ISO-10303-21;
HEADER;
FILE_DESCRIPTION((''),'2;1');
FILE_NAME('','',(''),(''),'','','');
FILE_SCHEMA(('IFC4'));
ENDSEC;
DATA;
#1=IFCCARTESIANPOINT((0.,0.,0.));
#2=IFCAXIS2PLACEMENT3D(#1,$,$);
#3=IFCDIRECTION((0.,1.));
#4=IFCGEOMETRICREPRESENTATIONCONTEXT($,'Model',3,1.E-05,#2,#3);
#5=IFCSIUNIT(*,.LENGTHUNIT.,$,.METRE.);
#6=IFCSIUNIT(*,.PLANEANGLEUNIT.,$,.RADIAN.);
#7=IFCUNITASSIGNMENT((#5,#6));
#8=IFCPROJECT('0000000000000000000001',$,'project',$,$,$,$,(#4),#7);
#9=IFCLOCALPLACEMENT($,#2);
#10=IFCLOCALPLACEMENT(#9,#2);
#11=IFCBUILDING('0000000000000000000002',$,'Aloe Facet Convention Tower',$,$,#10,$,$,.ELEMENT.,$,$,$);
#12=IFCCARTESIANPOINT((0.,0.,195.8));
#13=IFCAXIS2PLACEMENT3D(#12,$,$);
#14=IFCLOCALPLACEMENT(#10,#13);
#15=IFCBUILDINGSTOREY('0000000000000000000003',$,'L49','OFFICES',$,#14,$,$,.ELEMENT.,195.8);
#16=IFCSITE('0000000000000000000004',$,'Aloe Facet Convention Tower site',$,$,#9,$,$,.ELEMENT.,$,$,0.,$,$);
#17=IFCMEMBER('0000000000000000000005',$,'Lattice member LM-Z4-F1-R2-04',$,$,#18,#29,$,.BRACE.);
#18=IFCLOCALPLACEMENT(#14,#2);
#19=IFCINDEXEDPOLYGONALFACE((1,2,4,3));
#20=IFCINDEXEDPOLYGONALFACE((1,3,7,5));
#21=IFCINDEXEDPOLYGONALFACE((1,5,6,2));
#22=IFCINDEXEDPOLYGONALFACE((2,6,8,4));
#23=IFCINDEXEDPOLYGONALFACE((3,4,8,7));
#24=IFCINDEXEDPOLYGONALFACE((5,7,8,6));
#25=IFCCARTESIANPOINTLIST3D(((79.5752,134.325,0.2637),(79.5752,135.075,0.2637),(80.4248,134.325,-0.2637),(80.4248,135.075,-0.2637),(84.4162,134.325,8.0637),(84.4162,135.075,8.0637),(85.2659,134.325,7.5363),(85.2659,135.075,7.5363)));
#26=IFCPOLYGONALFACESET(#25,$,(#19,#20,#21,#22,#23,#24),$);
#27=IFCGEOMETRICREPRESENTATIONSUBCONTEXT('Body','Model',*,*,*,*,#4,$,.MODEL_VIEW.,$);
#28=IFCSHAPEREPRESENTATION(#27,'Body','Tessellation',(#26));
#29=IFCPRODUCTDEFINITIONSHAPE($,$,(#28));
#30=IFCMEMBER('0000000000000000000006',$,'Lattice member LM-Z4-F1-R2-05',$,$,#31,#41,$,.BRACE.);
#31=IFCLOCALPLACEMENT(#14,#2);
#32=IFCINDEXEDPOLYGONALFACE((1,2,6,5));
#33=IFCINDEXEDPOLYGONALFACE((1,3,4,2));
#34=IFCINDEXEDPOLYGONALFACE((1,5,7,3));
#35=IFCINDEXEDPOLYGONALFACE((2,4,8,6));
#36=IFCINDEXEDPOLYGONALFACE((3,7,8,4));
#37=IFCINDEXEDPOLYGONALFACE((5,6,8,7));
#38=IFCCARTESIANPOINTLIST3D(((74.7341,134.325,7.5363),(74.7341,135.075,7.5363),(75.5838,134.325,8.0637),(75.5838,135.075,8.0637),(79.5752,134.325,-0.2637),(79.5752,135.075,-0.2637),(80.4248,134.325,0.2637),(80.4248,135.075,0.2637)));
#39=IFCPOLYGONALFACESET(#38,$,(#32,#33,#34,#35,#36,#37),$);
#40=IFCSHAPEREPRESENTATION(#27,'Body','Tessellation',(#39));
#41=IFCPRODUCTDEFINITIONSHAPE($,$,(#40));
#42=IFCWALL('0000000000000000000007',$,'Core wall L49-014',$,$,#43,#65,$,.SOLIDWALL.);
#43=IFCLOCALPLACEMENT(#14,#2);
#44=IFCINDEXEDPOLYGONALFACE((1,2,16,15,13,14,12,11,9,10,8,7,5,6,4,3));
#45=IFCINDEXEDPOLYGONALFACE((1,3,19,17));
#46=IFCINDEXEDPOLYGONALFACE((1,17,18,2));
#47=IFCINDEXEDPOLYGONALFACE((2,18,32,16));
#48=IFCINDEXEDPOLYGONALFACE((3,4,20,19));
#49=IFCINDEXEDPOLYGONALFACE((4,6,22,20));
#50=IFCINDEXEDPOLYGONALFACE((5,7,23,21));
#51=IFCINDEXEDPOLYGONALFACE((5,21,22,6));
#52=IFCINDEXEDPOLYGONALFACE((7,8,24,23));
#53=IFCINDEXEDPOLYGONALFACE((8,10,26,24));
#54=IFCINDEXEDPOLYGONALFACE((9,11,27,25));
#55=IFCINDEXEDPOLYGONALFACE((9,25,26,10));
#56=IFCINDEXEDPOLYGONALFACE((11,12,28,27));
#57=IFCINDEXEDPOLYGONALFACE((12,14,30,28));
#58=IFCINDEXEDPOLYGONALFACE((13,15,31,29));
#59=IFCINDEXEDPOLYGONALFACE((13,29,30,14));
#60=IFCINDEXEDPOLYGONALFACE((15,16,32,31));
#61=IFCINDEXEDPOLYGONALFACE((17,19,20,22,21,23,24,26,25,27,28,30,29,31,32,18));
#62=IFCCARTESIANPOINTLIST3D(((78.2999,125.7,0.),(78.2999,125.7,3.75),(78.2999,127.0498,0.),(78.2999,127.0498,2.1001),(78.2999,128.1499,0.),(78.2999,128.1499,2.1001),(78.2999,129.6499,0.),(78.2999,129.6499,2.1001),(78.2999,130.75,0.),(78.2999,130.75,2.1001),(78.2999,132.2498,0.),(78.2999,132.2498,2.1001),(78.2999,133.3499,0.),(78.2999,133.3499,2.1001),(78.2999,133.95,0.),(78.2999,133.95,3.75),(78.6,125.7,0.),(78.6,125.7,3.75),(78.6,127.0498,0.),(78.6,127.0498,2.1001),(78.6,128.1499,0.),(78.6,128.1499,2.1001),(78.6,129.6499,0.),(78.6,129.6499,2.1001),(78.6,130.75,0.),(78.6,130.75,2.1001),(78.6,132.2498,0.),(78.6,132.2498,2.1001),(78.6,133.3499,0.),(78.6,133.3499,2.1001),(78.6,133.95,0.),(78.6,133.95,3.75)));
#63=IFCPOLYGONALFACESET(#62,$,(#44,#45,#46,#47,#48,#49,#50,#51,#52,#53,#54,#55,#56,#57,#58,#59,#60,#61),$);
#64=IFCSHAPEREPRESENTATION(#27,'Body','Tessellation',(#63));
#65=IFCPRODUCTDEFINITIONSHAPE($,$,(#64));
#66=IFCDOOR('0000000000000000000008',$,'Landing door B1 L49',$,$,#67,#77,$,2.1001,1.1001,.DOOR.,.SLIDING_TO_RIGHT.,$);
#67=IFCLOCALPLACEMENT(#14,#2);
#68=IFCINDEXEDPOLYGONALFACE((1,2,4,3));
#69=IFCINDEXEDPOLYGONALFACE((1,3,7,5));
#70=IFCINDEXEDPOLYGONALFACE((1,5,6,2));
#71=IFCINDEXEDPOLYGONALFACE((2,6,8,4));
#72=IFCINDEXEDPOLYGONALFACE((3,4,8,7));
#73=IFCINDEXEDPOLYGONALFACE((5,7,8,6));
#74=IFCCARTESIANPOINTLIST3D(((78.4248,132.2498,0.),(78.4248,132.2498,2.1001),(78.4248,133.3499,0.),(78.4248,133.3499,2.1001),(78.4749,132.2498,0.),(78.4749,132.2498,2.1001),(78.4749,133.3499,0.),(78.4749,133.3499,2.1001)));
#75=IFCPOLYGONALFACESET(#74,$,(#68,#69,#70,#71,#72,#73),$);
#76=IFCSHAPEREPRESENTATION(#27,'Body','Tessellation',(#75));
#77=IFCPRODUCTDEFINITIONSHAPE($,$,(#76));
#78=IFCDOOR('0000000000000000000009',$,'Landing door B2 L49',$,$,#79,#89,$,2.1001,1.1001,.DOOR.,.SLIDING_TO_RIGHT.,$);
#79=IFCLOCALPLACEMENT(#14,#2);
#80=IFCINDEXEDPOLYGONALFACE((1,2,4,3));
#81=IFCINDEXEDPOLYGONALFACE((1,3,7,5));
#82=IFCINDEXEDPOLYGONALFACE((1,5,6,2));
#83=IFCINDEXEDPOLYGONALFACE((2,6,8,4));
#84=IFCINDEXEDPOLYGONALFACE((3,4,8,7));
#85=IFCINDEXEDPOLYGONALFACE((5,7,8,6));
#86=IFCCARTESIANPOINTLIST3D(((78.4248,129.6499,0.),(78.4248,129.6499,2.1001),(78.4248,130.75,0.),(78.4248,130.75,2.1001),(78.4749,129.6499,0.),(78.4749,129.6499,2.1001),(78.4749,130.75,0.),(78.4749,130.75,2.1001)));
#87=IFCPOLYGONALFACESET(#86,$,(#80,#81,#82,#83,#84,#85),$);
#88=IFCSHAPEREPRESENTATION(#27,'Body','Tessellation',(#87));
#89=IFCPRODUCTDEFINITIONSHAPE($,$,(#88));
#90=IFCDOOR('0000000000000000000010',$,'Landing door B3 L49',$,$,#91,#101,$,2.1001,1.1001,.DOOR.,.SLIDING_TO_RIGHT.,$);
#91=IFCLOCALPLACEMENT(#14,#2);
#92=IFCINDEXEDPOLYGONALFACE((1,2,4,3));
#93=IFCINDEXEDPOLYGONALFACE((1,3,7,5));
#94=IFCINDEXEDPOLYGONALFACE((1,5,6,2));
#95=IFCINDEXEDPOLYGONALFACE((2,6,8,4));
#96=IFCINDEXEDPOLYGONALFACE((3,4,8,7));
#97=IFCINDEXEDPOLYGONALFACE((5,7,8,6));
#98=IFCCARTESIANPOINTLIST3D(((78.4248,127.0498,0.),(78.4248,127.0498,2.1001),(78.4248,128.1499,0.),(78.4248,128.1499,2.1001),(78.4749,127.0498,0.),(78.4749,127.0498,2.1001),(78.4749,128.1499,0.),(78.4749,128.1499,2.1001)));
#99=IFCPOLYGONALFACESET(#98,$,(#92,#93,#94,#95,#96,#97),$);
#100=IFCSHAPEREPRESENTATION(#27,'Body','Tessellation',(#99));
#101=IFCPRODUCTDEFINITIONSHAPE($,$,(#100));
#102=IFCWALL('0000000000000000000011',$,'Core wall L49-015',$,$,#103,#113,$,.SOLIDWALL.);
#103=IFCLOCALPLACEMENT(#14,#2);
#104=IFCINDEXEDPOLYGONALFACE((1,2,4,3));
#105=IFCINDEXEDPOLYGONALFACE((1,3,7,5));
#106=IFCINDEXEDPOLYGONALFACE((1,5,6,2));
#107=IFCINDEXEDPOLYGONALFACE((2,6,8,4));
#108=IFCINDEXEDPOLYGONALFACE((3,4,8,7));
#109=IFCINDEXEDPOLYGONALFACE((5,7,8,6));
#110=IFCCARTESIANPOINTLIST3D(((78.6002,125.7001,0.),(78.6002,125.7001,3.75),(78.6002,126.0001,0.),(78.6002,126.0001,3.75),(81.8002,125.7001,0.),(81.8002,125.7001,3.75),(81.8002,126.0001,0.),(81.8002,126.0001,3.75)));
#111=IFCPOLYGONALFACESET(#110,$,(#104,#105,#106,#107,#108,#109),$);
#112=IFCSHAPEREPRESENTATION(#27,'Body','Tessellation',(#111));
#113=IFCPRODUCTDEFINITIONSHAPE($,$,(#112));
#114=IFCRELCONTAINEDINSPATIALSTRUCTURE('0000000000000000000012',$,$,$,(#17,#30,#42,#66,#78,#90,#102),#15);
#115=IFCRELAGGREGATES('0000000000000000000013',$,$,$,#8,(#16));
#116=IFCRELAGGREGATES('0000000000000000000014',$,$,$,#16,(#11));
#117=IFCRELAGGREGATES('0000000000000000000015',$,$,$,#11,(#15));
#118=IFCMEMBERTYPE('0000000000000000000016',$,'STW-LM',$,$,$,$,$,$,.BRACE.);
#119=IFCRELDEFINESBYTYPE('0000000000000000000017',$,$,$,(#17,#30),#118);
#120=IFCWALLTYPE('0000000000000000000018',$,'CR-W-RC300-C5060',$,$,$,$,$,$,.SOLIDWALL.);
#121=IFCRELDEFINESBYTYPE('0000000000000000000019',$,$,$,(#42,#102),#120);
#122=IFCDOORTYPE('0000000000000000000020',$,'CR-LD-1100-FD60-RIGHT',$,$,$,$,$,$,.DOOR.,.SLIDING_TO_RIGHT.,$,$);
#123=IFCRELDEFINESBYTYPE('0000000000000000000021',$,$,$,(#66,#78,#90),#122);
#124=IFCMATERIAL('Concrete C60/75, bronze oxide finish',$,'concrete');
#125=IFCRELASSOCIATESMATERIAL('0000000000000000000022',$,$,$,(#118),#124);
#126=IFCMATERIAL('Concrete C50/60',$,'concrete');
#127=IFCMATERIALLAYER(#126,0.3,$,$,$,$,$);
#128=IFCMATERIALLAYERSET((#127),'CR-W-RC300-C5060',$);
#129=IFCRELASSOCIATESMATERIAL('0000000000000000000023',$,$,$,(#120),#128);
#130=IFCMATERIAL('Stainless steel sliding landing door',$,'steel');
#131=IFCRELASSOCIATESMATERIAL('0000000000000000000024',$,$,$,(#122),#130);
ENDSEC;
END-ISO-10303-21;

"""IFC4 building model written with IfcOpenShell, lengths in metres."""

from ifc_helpers import new_model, si_unit, direction, frame, frame_2d, origin, origin_2d, place, context, subcontext, project, spatial, rectangle, extrude, material, layer, layer_set, material_profile, profile_set, type_object, element, fill, save


model = new_model("IFC4")

# Units and contexts
model_context = context("Model", 3, precision=1e-05, world=origin(), true_north=direction((0.0, 1.0)))
body_context = subcontext(model_context, "Body", "Model", "MODEL_VIEW")
ifc_project = project(units=[si_unit("LENGTHUNIT", "METRE"), si_unit("PLANEANGLEUNIT", "RADIAN")], contexts=[model_context])

# Site, building, storey
site_placement = place(None, origin())
site = spatial("IfcSite", under=ifc_project, at=site_placement, Name="Aloe Facet Convention Tower site", CompositionType="ELEMENT", RefElevation=0.0)
building_placement = place(site_placement, origin())
building = spatial("IfcBuilding", under=site, at=building_placement, Name="Aloe Facet Convention Tower", CompositionType="ELEMENT")
storey_placement = place(building_placement, frame((0.0, 0.0, 195.8)))
storey = spatial("IfcBuildingStorey", under=building, at=storey_placement, Name="L49", Description="OFFICES", CompositionType="ELEMENT", Elevation=195.8)

# Members
ifc_material_1 = material(Name="Concrete C60/75, bronze oxide finish", Category="concrete")
ifc_material_profile = material_profile(ifc_material_1, rectangle(XDim=0.75, YDim=1.0, at=origin_2d()), Name="STW-LM")
ifc_profile_set = profile_set([ifc_material_profile], Name="Concrete C60/75, bronze oxide finish")
member_type = type_object("IfcMemberType", Name="STW-LM", PredefinedType="BRACE", material=ifc_profile_set)
for number, where, z_axis, x_axis, name in (
    (1, (80.0, 134.7, 0.0), (0.527336, 0.0, 0.849657), (0.0, 1.0, 0.0), "Lattice member LM-Z4-F1-R2-04"),
    (2, (80.0, 134.7, 0.0), (-0.527336, 0.0, 0.849657), (0.0, -1.0, 0.0), "Lattice member LM-Z4-F1-R2-05"),
):
    element("IfcMember", number, at=place(storey_placement, frame(where, z_axis=z_axis, x_axis=x_axis)), inside=storey, type_object=member_type, Name=name, PredefinedType="BRACE", context=body_context, shape_type="SweptSolid", body=[
        extrude(rectangle(XDim=0.75, YDim=1.0, at=origin_2d()), origin(), (0.0, 0.0, 1.0), 9.1802),
    ])

# Wall, openings, doors
ifc_material_2 = material(Name="Concrete C50/60", Category="concrete")
ifc_layer = layer(ifc_material_2, 0.3)
ifc_layer_set = layer_set([ifc_layer], Name="CR-W-RC300-C5060")
wall_type = type_object("IfcWallType", Name="CR-W-RC300-C5060", PredefinedType="SOLIDWALL", material=ifc_layer_set)
wall_1_placement = place(storey_placement, frame((78.45, 133.95, 0.0), z_axis=(0.0, 0.0, 1.0), x_axis=(0.0, -1.0, 0.0)))
wall_1 = element("IfcWall", 3, at=wall_1_placement, inside=storey, type_object=wall_type, Name="Core wall L49-014", PredefinedType="SOLIDWALL", context=body_context, shape_type="SweptSolid", body=[
    extrude(rectangle(XDim=8.25, YDim=0.3, at=frame_2d((4.125, 0.0))), origin(), (0.0, 0.0, 1.0), 3.75),
])
opening_1_placement = place(wall_1_placement, frame((0.6001, 0.0, 0.0)))
opening_1 = element("IfcOpeningElement", 4, at=opening_1_placement, cuts=wall_1, PredefinedType="OPENING", context=body_context, shape_type="SweptSolid", body=[
    extrude(rectangle(XDim=1.1001, YDim=2.1001, at=frame_2d((0.55, 1.05))), frame((0.0, 0.1602, 0.0), z_axis=(0.0, -1.0, 0.0), x_axis=(1.0, 0.0, 0.0)), (0.0, 0.0, 1.0), 0.3201),
])
opening_2_placement = place(wall_1_placement, frame((3.2, 0.0, 0.0)))
opening_2 = element("IfcOpeningElement", 5, at=opening_2_placement, cuts=wall_1, PredefinedType="OPENING", context=body_context, shape_type="SweptSolid", body=[
    extrude(rectangle(XDim=1.1001, YDim=2.1001, at=frame_2d((0.55, 1.05))), frame((0.0, 0.1602, 0.0), z_axis=(0.0, -1.0, 0.0), x_axis=(1.0, 0.0, 0.0)), (0.0, 0.0, 1.0), 0.3201),
])
opening_3_placement = place(wall_1_placement, frame((5.8, 0.0, 0.0)))
opening_3 = element("IfcOpeningElement", 6, at=opening_3_placement, cuts=wall_1, PredefinedType="OPENING", context=body_context, shape_type="SweptSolid", body=[
    extrude(rectangle(XDim=1.1001, YDim=2.1001, at=frame_2d((0.55, 1.05))), frame((0.0, 0.1602, 0.0), z_axis=(0.0, -1.0, 0.0), x_axis=(1.0, 0.0, 0.0)), (0.0, 0.0, 1.0), 0.3201),
])
ifc_material_3 = material(Name="Stainless steel sliding landing door", Category="steel")
door_type_1 = type_object("IfcDoorType", Name="CR-LD-1100-FD60-RIGHT", OperationType="SLIDING_TO_RIGHT", PredefinedType="DOOR", material=ifc_material_3)
door_1_placement = place(opening_1_placement, origin())
door_1 = element("IfcDoor", 7, at=door_1_placement, inside=storey, type_object=door_type_1, Name="Landing door B1 L49", OperationType="SLIDING_TO_RIGHT", OverallHeight=2.1001, OverallWidth=1.1001, PredefinedType="DOOR", context=body_context, shape_type="SweptSolid", body=[
    extrude(rectangle(XDim=1.1001, YDim=2.1001, at=frame_2d((0.55, 1.05))), frame((0.0, 0.0249, 0.0), z_axis=(0.0, -1.0, 0.0), x_axis=(1.0, 0.0, 0.0)), (0.0, 0.0, 1.0), 0.05),
])
fill(opening_1, door_1)
door_2_placement = place(opening_2_placement, origin())
door_2 = element("IfcDoor", 8, at=door_2_placement, inside=storey, type_object=door_type_1, Name="Landing door B2 L49", OperationType="SLIDING_TO_RIGHT", OverallHeight=2.1001, OverallWidth=1.1001, PredefinedType="DOOR", context=body_context, shape_type="SweptSolid", body=[
    extrude(rectangle(XDim=1.1001, YDim=2.1001, at=frame_2d((0.55, 1.05))), frame((0.0, 0.0249, 0.0), z_axis=(0.0, -1.0, 0.0), x_axis=(1.0, 0.0, 0.0)), (0.0, 0.0, 1.0), 0.05),
])
fill(opening_2, door_2)
door_3_placement = place(opening_3_placement, origin())
door_3 = element("IfcDoor", 9, at=door_3_placement, inside=storey, type_object=door_type_1, Name="Landing door B3 L49", OperationType="SLIDING_TO_RIGHT", OverallHeight=2.1001, OverallWidth=1.1001, PredefinedType="DOOR", context=body_context, shape_type="SweptSolid", body=[
    extrude(rectangle(XDim=1.1001, YDim=2.1001, at=frame_2d((0.55, 1.05))), frame((0.0, 0.0249, 0.0), z_axis=(0.0, -1.0, 0.0), x_axis=(1.0, 0.0, 0.0)), (0.0, 0.0, 1.0), 0.05),
])
fill(opening_3, door_3)

# Wall
wall_2_placement = place(storey_placement, frame((78.6001, 125.8501, 0.0), z_axis=(0.0, 0.0, 1.0), x_axis=(1.0, 0.0, 0.0)))
element("IfcWall", 10, at=wall_2_placement, inside=storey, type_object=wall_type, Name="Core wall L49-015", PredefinedType="SOLIDWALL", context=body_context, shape_type="SweptSolid", body=[
    extrude(rectangle(XDim=3.2, YDim=0.3, at=frame_2d((1.6001, 0.0))), origin(), (0.0, 0.0, 1.0), 3.75),
])

save(model, "model.ifc")
